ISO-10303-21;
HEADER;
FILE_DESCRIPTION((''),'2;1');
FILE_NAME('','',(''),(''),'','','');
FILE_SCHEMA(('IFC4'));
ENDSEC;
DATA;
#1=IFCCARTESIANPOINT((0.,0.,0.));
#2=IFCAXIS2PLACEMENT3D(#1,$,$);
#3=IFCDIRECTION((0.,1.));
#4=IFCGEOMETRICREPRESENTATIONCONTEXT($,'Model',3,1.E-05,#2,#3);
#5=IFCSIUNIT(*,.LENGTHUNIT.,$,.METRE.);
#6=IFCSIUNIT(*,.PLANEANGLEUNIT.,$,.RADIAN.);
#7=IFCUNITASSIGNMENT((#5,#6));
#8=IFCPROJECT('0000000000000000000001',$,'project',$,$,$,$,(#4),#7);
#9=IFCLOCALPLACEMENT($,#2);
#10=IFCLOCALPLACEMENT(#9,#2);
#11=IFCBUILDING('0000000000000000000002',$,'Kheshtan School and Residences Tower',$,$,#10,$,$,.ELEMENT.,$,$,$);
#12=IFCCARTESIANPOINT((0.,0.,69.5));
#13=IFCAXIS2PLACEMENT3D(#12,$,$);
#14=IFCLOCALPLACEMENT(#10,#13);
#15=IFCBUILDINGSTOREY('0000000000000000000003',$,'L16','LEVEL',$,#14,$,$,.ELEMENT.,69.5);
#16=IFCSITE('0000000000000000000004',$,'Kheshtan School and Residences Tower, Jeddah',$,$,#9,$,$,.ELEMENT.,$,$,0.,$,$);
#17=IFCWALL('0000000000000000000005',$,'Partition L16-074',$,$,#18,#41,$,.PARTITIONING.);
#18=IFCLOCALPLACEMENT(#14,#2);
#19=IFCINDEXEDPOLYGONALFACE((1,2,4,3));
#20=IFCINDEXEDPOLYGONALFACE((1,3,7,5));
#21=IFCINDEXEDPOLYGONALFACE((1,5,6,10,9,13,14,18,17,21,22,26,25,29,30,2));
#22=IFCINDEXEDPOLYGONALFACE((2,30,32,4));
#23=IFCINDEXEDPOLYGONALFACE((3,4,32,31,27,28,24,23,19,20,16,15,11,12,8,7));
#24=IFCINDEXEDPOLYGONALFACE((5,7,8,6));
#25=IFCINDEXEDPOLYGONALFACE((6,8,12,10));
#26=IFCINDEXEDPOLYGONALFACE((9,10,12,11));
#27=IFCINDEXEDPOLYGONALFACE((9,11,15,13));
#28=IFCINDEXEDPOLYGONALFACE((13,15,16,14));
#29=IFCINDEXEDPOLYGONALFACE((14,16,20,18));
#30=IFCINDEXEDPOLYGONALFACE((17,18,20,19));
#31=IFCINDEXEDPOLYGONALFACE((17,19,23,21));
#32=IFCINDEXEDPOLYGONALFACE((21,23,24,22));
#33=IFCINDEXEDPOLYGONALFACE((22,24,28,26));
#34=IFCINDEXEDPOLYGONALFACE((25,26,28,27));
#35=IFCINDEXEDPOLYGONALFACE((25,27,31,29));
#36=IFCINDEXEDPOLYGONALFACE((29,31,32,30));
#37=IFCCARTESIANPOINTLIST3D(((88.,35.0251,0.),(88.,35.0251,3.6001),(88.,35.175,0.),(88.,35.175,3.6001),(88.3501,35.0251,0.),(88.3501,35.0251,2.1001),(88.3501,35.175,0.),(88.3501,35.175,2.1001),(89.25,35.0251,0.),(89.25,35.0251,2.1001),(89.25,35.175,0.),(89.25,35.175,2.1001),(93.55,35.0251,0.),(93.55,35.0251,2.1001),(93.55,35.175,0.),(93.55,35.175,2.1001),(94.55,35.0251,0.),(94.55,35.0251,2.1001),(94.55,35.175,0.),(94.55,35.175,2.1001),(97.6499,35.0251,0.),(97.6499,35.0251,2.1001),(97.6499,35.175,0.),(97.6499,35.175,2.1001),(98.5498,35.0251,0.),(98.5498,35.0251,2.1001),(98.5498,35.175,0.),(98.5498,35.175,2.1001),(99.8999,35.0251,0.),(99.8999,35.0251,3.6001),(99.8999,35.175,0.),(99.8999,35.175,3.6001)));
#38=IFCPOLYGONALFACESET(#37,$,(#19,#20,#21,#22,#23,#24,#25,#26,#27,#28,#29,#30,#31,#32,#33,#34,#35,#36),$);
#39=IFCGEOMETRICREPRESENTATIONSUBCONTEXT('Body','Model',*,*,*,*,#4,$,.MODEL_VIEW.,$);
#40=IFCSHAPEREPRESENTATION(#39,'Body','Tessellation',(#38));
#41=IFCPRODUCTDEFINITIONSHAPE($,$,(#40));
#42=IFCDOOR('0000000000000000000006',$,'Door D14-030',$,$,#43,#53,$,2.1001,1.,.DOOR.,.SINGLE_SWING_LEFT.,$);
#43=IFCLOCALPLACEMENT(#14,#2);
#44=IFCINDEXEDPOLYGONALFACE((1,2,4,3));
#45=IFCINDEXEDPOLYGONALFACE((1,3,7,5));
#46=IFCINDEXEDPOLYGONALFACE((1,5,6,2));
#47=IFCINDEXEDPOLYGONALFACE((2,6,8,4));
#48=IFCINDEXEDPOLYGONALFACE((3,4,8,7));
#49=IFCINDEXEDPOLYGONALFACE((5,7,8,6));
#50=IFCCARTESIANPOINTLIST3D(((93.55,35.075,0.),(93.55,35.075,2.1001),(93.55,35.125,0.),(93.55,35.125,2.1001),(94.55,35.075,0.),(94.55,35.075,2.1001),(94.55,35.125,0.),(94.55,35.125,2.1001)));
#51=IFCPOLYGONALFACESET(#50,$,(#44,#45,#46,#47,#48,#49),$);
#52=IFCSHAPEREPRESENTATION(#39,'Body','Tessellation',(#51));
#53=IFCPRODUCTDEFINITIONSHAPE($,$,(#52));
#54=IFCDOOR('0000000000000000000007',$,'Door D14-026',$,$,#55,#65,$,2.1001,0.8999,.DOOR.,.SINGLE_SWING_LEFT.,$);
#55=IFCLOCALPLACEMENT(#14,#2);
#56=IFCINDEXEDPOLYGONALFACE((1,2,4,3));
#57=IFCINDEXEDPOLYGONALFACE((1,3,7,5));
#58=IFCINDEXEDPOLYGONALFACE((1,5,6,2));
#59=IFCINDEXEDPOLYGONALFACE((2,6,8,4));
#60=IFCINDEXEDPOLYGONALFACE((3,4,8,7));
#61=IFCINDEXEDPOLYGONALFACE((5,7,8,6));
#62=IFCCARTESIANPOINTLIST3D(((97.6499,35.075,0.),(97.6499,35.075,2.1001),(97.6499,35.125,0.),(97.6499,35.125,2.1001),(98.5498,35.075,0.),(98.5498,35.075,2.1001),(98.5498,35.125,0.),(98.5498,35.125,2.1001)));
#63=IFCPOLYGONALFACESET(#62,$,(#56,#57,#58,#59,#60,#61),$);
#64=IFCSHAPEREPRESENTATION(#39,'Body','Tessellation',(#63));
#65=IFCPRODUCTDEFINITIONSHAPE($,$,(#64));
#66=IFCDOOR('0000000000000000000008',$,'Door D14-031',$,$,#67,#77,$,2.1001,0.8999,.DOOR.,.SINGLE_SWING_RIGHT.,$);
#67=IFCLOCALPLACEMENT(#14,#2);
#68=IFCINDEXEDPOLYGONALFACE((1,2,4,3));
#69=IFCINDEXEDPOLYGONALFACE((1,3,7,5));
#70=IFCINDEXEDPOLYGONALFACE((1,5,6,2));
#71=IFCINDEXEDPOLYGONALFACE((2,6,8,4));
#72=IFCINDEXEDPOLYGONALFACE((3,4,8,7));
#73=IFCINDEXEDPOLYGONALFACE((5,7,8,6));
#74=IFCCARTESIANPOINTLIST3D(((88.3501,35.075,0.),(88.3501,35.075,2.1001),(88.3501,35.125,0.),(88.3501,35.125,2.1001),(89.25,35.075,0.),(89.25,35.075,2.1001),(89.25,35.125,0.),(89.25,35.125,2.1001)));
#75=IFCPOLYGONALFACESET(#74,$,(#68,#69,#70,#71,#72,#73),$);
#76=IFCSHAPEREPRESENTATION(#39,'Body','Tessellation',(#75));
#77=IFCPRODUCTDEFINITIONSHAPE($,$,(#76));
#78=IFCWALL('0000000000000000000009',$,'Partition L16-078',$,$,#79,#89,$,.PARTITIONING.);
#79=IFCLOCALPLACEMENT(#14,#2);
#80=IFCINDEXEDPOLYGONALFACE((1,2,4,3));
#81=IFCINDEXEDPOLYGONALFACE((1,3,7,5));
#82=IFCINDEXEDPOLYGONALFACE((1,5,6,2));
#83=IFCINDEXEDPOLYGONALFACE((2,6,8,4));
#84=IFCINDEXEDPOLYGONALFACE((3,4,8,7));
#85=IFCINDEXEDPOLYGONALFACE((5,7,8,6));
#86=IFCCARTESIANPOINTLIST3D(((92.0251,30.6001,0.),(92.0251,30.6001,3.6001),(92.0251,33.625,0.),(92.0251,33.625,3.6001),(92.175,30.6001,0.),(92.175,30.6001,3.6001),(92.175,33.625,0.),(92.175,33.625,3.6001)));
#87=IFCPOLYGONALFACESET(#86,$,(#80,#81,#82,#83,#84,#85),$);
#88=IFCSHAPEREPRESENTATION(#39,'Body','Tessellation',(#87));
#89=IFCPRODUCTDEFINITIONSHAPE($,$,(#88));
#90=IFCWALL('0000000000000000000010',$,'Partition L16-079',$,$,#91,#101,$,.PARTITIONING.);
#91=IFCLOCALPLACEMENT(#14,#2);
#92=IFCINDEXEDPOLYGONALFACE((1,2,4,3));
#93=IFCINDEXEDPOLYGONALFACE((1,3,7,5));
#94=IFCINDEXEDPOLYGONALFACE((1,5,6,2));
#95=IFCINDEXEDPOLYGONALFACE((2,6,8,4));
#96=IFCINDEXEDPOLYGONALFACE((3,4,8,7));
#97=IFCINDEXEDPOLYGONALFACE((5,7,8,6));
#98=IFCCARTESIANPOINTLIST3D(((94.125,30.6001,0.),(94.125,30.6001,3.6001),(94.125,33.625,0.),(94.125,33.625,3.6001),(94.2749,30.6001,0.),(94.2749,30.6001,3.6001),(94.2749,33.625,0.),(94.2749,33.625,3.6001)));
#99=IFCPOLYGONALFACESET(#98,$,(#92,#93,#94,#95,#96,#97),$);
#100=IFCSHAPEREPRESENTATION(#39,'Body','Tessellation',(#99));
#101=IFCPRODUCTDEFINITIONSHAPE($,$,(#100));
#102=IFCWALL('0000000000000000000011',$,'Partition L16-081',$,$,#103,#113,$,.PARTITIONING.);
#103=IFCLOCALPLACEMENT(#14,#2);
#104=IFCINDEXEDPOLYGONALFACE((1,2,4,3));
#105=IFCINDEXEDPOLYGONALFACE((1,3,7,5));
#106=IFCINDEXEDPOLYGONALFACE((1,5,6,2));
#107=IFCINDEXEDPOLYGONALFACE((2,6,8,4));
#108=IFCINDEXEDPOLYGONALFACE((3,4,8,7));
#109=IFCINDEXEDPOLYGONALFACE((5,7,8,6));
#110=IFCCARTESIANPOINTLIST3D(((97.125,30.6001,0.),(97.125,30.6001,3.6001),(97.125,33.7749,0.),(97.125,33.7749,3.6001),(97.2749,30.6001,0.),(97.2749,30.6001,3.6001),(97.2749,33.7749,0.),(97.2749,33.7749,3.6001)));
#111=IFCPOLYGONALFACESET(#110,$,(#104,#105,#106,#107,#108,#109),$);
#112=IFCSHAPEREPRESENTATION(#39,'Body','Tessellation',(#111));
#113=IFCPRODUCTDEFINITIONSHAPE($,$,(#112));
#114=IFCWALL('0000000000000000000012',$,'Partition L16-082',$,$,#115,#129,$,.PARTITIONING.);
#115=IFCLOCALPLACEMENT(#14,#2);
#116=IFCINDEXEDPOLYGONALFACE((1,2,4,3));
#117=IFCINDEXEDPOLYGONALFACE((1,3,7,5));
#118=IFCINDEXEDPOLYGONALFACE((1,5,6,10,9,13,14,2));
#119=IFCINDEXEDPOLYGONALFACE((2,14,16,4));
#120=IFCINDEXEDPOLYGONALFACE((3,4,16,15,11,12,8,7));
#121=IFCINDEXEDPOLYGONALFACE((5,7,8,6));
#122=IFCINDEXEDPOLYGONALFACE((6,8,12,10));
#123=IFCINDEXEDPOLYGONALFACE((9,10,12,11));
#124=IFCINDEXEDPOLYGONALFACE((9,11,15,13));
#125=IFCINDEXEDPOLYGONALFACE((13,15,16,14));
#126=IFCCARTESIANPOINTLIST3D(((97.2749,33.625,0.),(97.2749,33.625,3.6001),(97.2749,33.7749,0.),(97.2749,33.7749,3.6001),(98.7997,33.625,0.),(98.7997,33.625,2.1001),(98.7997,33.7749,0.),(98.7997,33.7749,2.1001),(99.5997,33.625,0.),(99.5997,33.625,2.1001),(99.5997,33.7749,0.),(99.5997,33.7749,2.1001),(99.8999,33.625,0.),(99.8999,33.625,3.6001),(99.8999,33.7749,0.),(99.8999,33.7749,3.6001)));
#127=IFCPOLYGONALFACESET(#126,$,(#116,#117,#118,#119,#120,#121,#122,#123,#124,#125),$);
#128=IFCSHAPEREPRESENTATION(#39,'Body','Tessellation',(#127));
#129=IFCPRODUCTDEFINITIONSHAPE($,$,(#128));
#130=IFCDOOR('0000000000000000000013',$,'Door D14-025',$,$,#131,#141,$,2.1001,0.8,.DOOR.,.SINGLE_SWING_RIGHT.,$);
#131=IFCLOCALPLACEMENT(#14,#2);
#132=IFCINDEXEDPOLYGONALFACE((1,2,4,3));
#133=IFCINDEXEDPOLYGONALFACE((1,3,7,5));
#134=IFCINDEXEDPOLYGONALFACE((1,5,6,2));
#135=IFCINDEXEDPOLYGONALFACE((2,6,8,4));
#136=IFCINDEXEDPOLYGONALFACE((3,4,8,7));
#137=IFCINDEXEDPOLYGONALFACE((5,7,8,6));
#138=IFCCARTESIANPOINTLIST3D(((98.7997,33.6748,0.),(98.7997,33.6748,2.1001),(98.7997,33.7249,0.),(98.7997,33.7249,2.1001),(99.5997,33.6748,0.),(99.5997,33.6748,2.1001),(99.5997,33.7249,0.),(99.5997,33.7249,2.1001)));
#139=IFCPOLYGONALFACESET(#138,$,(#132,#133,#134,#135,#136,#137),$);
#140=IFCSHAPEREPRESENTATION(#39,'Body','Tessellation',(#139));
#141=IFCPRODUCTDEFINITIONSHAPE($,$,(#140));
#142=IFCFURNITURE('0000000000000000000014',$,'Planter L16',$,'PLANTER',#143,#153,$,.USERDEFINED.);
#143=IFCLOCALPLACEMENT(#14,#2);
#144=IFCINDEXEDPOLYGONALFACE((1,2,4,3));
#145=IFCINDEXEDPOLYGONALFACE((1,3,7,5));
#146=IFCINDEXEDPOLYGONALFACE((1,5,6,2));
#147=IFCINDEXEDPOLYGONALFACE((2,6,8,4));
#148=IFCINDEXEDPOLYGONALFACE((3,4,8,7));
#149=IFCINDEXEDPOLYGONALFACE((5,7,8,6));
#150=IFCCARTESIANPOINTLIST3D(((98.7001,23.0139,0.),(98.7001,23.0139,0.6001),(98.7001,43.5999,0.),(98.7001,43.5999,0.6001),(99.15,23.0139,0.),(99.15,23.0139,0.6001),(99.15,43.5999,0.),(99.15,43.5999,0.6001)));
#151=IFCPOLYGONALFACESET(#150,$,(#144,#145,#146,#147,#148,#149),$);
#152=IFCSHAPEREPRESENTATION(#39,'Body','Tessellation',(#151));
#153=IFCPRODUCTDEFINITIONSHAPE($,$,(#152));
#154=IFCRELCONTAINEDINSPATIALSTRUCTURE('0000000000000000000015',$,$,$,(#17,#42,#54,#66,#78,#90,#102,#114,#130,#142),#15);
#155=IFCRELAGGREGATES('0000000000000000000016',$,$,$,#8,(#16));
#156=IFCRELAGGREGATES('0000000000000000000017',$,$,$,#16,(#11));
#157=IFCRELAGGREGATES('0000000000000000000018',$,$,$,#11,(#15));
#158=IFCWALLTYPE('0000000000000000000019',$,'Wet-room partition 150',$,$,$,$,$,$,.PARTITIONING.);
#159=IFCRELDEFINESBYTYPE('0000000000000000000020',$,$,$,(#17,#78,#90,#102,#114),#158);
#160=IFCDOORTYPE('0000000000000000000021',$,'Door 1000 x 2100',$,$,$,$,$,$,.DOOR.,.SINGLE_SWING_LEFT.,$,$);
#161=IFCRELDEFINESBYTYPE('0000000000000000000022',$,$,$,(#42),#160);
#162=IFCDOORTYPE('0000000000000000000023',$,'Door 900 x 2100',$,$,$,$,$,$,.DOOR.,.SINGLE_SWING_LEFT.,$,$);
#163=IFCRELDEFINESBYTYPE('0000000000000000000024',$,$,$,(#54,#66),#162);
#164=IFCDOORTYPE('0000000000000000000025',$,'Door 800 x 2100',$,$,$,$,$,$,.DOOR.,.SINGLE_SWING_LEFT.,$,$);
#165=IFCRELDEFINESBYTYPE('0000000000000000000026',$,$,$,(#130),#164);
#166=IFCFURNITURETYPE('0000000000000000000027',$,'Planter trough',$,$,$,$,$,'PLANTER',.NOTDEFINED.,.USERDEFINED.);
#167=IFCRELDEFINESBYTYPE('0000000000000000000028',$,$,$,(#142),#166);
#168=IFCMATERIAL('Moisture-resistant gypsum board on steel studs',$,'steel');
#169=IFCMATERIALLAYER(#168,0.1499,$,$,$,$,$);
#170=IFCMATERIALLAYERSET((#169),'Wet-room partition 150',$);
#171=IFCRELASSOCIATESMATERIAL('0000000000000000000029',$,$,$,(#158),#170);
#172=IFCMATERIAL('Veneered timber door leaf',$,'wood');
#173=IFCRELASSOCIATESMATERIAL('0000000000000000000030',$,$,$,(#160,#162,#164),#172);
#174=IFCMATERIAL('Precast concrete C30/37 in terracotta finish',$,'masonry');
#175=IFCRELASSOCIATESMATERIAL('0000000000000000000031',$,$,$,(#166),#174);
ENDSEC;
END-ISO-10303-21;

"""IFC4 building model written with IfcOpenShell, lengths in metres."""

from ifc_helpers import new_model, si_unit, direction, frame, frame_2d, origin, origin_2d, place, context, subcontext, project, spatial, rectangle, extrude, source, transform, mapped, material, layer, layer_set, type_object, element, fill, save


model = new_model("IFC4")

# Units and contexts
model_context = context("Model", 3, precision=1e-05, world=origin(), true_north=direction((0.0, 1.0)))
body_context = subcontext(model_context, "Body", "Model", "MODEL_VIEW")
ifc_project = project(units=[si_unit("LENGTHUNIT", "METRE"), si_unit("PLANEANGLEUNIT", "RADIAN")], contexts=[model_context])

# Site, building, storey
site_placement = place(None, origin())
site = spatial("IfcSite", under=ifc_project, at=site_placement, Name="Kheshtan School and Residences Tower, Jeddah", CompositionType="ELEMENT", RefElevation=0.0)
building_placement = place(site_placement, origin())
building = spatial("IfcBuilding", under=site, at=building_placement, Name="Kheshtan School and Residences Tower", CompositionType="ELEMENT")
storey_placement = place(building_placement, frame((0.0, 0.0, 69.5)))
storey = spatial("IfcBuildingStorey", under=building, at=storey_placement, Name="L16", Description="LEVEL", CompositionType="ELEMENT", Elevation=69.5)

# Wall, openings, doors
ifc_material_1 = material(Name="Moisture-resistant gypsum board on steel studs", Category="steel")
ifc_layer_1 = layer(ifc_material_1, 0.1499)
ifc_layer_set_1 = layer_set([ifc_layer_1], Name="Wet-room partition 150")
wall_type_1 = type_object("IfcWallType", Name="Wet-room partition 150", PredefinedType="PARTITIONING", material=ifc_layer_set_1)
wall_1_placement = place(storey_placement, frame((88.0, 35.1001, 0.0), z_axis=(0.0, 0.0, 1.0), x_axis=(1.0, 0.0, 0.0)))
wall_1 = element("IfcWall", 1, at=wall_1_placement, inside=storey, type_object=wall_type_1, Name="Partition L16-074", PredefinedType="PARTITIONING", context=body_context, shape_type="SweptSolid", body=[
    extrude(rectangle(XDim=11.8999, YDim=0.1499, at=frame_2d((5.95, 0.0))), origin(), (0.0, 0.0, 1.0), 3.6001),
])
opening_1_placement = place(wall_1_placement, frame((9.6499, 0.0, 0.0)))
opening_1 = element("IfcOpeningElement", 2, at=opening_1_placement, cuts=wall_1, PredefinedType="OPENING", context=body_context, shape_type="SweptSolid", body=[
    extrude(rectangle(XDim=0.8999, YDim=2.1001, at=frame_2d((0.45, 1.05))), frame((0.0, 0.085, 0.0), z_axis=(0.0, -1.0, 0.0), x_axis=(1.0, 0.0, 0.0)), (0.0, 0.0, 1.0), 0.1699),
])
opening_2_placement = place(wall_1_placement, frame((5.55, 0.0, 0.0)))
opening_2 = element("IfcOpeningElement", 3, at=opening_2_placement, cuts=wall_1, PredefinedType="OPENING", context=body_context, shape_type="SweptSolid", body=[
    extrude(rectangle(XDim=1.0, YDim=2.1001, at=frame_2d((0.5, 1.05))), frame((0.0, 0.085, 0.0), z_axis=(0.0, -1.0, 0.0), x_axis=(1.0, 0.0, 0.0)), (0.0, 0.0, 1.0), 0.1699),
])
opening_3_placement = place(wall_1_placement, frame((0.3501, 0.0, 0.0)))
opening_3 = element("IfcOpeningElement", 4, at=opening_3_placement, cuts=wall_1, PredefinedType="OPENING", context=body_context, shape_type="SweptSolid", body=[
    extrude(rectangle(XDim=0.8999, YDim=2.1001, at=frame_2d((0.45, 1.05))), frame((0.0, 0.085, 0.0), z_axis=(0.0, -1.0, 0.0), x_axis=(1.0, 0.0, 0.0)), (0.0, 0.0, 1.0), 0.1699),
])
ifc_material_2 = material(Name="Veneered timber door leaf", Category="wood")
door_type_1 = type_object("IfcDoorType", Name="Door 1000 x 2100", OperationType="SINGLE_SWING_LEFT", PredefinedType="DOOR", material=ifc_material_2)
shared_shape_1 = source(origin(), body_context, "Body", "SweptSolid", [
    extrude(rectangle(XDim=1.0, YDim=2.1001, at=frame_2d((0.5, 1.05))), frame((0.0, 0.0249, 0.0), z_axis=(0.0, -1.0, 0.0), x_axis=(1.0, 0.0, 0.0)), (0.0, 0.0, 1.0), 0.05),
])
door_1_placement = place(opening_2_placement, origin())
door_1 = element("IfcDoor", 5, at=door_1_placement, inside=storey, type_object=door_type_1, Name="Door D14-030", OperationType="SINGLE_SWING_LEFT", OverallHeight=2.1001, OverallWidth=1.0, PredefinedType="DOOR", context=body_context, shape_type="MappedRepresentation", body=[
    mapped(shared_shape_1, transform((0.0, 0.0, 0.0), x_axis=(1.0, 0.0, 0.0), y_axis=(0.0, 1.0, 0.0), z_axis=(0.0, 0.0, 1.0), scale=1.0)),
])
fill(opening_2, door_1)
door_type_2 = type_object("IfcDoorType", Name="Door 900 x 2100", OperationType="SINGLE_SWING_LEFT", PredefinedType="DOOR", material=ifc_material_2)
shared_shape_2 = source(origin(), body_context, "Body", "SweptSolid", [
    extrude(rectangle(XDim=0.8999, YDim=2.1001, at=frame_2d((0.45, 1.05))), frame((0.0, 0.0249, 0.0), z_axis=(0.0, -1.0, 0.0), x_axis=(1.0, 0.0, 0.0)), (0.0, 0.0, 1.0), 0.05),
])
door_2_placement = place(opening_1_placement, origin())
door_2 = element("IfcDoor", 6, at=door_2_placement, inside=storey, type_object=door_type_2, Name="Door D14-026", OperationType="SINGLE_SWING_LEFT", OverallHeight=2.1001, OverallWidth=0.8999, PredefinedType="DOOR", context=body_context, shape_type="MappedRepresentation", body=[
    mapped(shared_shape_2, transform((0.0, 0.0, 0.0), x_axis=(1.0, 0.0, 0.0), y_axis=(0.0, 1.0, 0.0), z_axis=(0.0, 0.0, 1.0), scale=1.0)),
])
fill(opening_1, door_2)
door_3_placement = place(opening_3_placement, origin())
door_3 = element("IfcDoor", 7, at=door_3_placement, inside=storey, type_object=door_type_2, Name="Door D14-031", OperationType="SINGLE_SWING_RIGHT", OverallHeight=2.1001, OverallWidth=0.8999, PredefinedType="DOOR", context=body_context, shape_type="MappedRepresentation", body=[
    mapped(shared_shape_2, transform((0.0, 0.0, 0.0), x_axis=(1.0, 0.0, 0.0), y_axis=(0.0, 1.0, 0.0), z_axis=(0.0, 0.0, 1.0), scale=1.0)),
])
fill(opening_3, door_3)

# Walls
for number, where, z_axis, x_axis, name in (
    (8, (92.1001, 30.6001, 0.0), (0.0, 0.0, 1.0), (0.0, 1.0, 0.0), "Partition L16-078"),
    (9, (94.2, 30.6001, 0.0), (0.0, 0.0, 1.0), (0.0, 1.0, 0.0), "Partition L16-079"),
):
    element("IfcWall", number, at=place(storey_placement, frame(where, z_axis=z_axis, x_axis=x_axis)), inside=storey, type_object=wall_type_1, Name=name, PredefinedType="PARTITIONING", context=body_context, shape_type="SweptSolid", body=[
        extrude(rectangle(XDim=3.0249, YDim=0.1499, at=frame_2d((1.5125, 0.0))), origin(), (0.0, 0.0, 1.0), 3.6001),
    ])
wall_2_placement = place(storey_placement, frame((97.2, 30.6001, 0.0), z_axis=(0.0, 0.0, 1.0), x_axis=(0.0, 1.0, 0.0)))
element("IfcWall", 10, at=wall_2_placement, inside=storey, type_object=wall_type_1, Name="Partition L16-081", PredefinedType="PARTITIONING", context=body_context, shape_type="SweptSolid", body=[
    extrude(rectangle(XDim=3.1748, YDim=0.1499, at=frame_2d((1.5874, 0.0))), origin(), (0.0, 0.0, 1.0), 3.6001),
])

# Wall, opening, door
wall_3_placement = place(storey_placement, frame((97.2749, 33.7, 0.0), z_axis=(0.0, 0.0, 1.0), x_axis=(1.0, 0.0, 0.0)))
wall_3 = element("IfcWall", 11, at=wall_3_placement, inside=storey, type_object=wall_type_1, Name="Partition L16-082", PredefinedType="PARTITIONING", context=body_context, shape_type="SweptSolid", body=[
    extrude(rectangle(XDim=2.625, YDim=0.1499, at=frame_2d((1.3125, 0.0))), origin(), (0.0, 0.0, 1.0), 3.6001),
])
opening_4_placement = place(wall_3_placement, frame((1.5249, 0.0, 0.0)))
opening_4 = element("IfcOpeningElement", 12, at=opening_4_placement, cuts=wall_3, PredefinedType="OPENING", context=body_context, shape_type="SweptSolid", body=[
    extrude(rectangle(XDim=0.8, YDim=2.1001, at=frame_2d((0.3999, 1.05))), frame((0.0, 0.085, 0.0), z_axis=(0.0, -1.0, 0.0), x_axis=(1.0, 0.0, 0.0)), (0.0, 0.0, 1.0), 0.1699),
])
door_type_3 = type_object("IfcDoorType", Name="Door 800 x 2100", OperationType="SINGLE_SWING_LEFT", PredefinedType="DOOR", material=ifc_material_2)
shared_shape_3 = source(origin(), body_context, "Body", "SweptSolid", [
    extrude(rectangle(XDim=0.8, YDim=2.1001, at=frame_2d((0.3999, 1.05))), frame((0.0, 0.0249, 0.0), z_axis=(0.0, -1.0, 0.0), x_axis=(1.0, 0.0, 0.0)), (0.0, 0.0, 1.0), 0.05),
])
door_4_placement = place(opening_4_placement, origin())
door_4 = element("IfcDoor", 13, at=door_4_placement, inside=storey, type_object=door_type_3, Name="Door D14-025", OperationType="SINGLE_SWING_RIGHT", OverallHeight=2.1001, OverallWidth=0.8, PredefinedType="DOOR", context=body_context, shape_type="MappedRepresentation", body=[
    mapped(shared_shape_3, transform((0.0, 0.0, 0.0), x_axis=(1.0, 0.0, 0.0), y_axis=(0.0, 1.0, 0.0), z_axis=(0.0, 0.0, 1.0), scale=1.0)),
])
fill(opening_4, door_4)

# Furniture
ifc_material_3 = material(Name="Precast concrete C30/37 in terracotta finish", Category="masonry")
furniture_type = type_object("IfcFurnitureType", Name="Planter trough", ElementType="PLANTER", AssemblyPlace="NOTDEFINED", PredefinedType="USERDEFINED", material=ifc_material_3)
furniture_placement = place(storey_placement, frame((98.925, 33.3069, 0.0), z_axis=(0.0, 0.0, 1.0), x_axis=(0.0, -1.0, 0.0)))
element("IfcFurniture", 14, at=furniture_placement, inside=storey, type_object=furniture_type, Name="Planter L16", ObjectType="PLANTER", PredefinedType="USERDEFINED", context=body_context, shape_type="SweptSolid", body=[
    extrude(rectangle(XDim=20.5859, YDim=0.45, at=origin_2d()), origin(), (0.0, 0.0, 1.0), 0.6001),
])

save(model, "model.ifc")
